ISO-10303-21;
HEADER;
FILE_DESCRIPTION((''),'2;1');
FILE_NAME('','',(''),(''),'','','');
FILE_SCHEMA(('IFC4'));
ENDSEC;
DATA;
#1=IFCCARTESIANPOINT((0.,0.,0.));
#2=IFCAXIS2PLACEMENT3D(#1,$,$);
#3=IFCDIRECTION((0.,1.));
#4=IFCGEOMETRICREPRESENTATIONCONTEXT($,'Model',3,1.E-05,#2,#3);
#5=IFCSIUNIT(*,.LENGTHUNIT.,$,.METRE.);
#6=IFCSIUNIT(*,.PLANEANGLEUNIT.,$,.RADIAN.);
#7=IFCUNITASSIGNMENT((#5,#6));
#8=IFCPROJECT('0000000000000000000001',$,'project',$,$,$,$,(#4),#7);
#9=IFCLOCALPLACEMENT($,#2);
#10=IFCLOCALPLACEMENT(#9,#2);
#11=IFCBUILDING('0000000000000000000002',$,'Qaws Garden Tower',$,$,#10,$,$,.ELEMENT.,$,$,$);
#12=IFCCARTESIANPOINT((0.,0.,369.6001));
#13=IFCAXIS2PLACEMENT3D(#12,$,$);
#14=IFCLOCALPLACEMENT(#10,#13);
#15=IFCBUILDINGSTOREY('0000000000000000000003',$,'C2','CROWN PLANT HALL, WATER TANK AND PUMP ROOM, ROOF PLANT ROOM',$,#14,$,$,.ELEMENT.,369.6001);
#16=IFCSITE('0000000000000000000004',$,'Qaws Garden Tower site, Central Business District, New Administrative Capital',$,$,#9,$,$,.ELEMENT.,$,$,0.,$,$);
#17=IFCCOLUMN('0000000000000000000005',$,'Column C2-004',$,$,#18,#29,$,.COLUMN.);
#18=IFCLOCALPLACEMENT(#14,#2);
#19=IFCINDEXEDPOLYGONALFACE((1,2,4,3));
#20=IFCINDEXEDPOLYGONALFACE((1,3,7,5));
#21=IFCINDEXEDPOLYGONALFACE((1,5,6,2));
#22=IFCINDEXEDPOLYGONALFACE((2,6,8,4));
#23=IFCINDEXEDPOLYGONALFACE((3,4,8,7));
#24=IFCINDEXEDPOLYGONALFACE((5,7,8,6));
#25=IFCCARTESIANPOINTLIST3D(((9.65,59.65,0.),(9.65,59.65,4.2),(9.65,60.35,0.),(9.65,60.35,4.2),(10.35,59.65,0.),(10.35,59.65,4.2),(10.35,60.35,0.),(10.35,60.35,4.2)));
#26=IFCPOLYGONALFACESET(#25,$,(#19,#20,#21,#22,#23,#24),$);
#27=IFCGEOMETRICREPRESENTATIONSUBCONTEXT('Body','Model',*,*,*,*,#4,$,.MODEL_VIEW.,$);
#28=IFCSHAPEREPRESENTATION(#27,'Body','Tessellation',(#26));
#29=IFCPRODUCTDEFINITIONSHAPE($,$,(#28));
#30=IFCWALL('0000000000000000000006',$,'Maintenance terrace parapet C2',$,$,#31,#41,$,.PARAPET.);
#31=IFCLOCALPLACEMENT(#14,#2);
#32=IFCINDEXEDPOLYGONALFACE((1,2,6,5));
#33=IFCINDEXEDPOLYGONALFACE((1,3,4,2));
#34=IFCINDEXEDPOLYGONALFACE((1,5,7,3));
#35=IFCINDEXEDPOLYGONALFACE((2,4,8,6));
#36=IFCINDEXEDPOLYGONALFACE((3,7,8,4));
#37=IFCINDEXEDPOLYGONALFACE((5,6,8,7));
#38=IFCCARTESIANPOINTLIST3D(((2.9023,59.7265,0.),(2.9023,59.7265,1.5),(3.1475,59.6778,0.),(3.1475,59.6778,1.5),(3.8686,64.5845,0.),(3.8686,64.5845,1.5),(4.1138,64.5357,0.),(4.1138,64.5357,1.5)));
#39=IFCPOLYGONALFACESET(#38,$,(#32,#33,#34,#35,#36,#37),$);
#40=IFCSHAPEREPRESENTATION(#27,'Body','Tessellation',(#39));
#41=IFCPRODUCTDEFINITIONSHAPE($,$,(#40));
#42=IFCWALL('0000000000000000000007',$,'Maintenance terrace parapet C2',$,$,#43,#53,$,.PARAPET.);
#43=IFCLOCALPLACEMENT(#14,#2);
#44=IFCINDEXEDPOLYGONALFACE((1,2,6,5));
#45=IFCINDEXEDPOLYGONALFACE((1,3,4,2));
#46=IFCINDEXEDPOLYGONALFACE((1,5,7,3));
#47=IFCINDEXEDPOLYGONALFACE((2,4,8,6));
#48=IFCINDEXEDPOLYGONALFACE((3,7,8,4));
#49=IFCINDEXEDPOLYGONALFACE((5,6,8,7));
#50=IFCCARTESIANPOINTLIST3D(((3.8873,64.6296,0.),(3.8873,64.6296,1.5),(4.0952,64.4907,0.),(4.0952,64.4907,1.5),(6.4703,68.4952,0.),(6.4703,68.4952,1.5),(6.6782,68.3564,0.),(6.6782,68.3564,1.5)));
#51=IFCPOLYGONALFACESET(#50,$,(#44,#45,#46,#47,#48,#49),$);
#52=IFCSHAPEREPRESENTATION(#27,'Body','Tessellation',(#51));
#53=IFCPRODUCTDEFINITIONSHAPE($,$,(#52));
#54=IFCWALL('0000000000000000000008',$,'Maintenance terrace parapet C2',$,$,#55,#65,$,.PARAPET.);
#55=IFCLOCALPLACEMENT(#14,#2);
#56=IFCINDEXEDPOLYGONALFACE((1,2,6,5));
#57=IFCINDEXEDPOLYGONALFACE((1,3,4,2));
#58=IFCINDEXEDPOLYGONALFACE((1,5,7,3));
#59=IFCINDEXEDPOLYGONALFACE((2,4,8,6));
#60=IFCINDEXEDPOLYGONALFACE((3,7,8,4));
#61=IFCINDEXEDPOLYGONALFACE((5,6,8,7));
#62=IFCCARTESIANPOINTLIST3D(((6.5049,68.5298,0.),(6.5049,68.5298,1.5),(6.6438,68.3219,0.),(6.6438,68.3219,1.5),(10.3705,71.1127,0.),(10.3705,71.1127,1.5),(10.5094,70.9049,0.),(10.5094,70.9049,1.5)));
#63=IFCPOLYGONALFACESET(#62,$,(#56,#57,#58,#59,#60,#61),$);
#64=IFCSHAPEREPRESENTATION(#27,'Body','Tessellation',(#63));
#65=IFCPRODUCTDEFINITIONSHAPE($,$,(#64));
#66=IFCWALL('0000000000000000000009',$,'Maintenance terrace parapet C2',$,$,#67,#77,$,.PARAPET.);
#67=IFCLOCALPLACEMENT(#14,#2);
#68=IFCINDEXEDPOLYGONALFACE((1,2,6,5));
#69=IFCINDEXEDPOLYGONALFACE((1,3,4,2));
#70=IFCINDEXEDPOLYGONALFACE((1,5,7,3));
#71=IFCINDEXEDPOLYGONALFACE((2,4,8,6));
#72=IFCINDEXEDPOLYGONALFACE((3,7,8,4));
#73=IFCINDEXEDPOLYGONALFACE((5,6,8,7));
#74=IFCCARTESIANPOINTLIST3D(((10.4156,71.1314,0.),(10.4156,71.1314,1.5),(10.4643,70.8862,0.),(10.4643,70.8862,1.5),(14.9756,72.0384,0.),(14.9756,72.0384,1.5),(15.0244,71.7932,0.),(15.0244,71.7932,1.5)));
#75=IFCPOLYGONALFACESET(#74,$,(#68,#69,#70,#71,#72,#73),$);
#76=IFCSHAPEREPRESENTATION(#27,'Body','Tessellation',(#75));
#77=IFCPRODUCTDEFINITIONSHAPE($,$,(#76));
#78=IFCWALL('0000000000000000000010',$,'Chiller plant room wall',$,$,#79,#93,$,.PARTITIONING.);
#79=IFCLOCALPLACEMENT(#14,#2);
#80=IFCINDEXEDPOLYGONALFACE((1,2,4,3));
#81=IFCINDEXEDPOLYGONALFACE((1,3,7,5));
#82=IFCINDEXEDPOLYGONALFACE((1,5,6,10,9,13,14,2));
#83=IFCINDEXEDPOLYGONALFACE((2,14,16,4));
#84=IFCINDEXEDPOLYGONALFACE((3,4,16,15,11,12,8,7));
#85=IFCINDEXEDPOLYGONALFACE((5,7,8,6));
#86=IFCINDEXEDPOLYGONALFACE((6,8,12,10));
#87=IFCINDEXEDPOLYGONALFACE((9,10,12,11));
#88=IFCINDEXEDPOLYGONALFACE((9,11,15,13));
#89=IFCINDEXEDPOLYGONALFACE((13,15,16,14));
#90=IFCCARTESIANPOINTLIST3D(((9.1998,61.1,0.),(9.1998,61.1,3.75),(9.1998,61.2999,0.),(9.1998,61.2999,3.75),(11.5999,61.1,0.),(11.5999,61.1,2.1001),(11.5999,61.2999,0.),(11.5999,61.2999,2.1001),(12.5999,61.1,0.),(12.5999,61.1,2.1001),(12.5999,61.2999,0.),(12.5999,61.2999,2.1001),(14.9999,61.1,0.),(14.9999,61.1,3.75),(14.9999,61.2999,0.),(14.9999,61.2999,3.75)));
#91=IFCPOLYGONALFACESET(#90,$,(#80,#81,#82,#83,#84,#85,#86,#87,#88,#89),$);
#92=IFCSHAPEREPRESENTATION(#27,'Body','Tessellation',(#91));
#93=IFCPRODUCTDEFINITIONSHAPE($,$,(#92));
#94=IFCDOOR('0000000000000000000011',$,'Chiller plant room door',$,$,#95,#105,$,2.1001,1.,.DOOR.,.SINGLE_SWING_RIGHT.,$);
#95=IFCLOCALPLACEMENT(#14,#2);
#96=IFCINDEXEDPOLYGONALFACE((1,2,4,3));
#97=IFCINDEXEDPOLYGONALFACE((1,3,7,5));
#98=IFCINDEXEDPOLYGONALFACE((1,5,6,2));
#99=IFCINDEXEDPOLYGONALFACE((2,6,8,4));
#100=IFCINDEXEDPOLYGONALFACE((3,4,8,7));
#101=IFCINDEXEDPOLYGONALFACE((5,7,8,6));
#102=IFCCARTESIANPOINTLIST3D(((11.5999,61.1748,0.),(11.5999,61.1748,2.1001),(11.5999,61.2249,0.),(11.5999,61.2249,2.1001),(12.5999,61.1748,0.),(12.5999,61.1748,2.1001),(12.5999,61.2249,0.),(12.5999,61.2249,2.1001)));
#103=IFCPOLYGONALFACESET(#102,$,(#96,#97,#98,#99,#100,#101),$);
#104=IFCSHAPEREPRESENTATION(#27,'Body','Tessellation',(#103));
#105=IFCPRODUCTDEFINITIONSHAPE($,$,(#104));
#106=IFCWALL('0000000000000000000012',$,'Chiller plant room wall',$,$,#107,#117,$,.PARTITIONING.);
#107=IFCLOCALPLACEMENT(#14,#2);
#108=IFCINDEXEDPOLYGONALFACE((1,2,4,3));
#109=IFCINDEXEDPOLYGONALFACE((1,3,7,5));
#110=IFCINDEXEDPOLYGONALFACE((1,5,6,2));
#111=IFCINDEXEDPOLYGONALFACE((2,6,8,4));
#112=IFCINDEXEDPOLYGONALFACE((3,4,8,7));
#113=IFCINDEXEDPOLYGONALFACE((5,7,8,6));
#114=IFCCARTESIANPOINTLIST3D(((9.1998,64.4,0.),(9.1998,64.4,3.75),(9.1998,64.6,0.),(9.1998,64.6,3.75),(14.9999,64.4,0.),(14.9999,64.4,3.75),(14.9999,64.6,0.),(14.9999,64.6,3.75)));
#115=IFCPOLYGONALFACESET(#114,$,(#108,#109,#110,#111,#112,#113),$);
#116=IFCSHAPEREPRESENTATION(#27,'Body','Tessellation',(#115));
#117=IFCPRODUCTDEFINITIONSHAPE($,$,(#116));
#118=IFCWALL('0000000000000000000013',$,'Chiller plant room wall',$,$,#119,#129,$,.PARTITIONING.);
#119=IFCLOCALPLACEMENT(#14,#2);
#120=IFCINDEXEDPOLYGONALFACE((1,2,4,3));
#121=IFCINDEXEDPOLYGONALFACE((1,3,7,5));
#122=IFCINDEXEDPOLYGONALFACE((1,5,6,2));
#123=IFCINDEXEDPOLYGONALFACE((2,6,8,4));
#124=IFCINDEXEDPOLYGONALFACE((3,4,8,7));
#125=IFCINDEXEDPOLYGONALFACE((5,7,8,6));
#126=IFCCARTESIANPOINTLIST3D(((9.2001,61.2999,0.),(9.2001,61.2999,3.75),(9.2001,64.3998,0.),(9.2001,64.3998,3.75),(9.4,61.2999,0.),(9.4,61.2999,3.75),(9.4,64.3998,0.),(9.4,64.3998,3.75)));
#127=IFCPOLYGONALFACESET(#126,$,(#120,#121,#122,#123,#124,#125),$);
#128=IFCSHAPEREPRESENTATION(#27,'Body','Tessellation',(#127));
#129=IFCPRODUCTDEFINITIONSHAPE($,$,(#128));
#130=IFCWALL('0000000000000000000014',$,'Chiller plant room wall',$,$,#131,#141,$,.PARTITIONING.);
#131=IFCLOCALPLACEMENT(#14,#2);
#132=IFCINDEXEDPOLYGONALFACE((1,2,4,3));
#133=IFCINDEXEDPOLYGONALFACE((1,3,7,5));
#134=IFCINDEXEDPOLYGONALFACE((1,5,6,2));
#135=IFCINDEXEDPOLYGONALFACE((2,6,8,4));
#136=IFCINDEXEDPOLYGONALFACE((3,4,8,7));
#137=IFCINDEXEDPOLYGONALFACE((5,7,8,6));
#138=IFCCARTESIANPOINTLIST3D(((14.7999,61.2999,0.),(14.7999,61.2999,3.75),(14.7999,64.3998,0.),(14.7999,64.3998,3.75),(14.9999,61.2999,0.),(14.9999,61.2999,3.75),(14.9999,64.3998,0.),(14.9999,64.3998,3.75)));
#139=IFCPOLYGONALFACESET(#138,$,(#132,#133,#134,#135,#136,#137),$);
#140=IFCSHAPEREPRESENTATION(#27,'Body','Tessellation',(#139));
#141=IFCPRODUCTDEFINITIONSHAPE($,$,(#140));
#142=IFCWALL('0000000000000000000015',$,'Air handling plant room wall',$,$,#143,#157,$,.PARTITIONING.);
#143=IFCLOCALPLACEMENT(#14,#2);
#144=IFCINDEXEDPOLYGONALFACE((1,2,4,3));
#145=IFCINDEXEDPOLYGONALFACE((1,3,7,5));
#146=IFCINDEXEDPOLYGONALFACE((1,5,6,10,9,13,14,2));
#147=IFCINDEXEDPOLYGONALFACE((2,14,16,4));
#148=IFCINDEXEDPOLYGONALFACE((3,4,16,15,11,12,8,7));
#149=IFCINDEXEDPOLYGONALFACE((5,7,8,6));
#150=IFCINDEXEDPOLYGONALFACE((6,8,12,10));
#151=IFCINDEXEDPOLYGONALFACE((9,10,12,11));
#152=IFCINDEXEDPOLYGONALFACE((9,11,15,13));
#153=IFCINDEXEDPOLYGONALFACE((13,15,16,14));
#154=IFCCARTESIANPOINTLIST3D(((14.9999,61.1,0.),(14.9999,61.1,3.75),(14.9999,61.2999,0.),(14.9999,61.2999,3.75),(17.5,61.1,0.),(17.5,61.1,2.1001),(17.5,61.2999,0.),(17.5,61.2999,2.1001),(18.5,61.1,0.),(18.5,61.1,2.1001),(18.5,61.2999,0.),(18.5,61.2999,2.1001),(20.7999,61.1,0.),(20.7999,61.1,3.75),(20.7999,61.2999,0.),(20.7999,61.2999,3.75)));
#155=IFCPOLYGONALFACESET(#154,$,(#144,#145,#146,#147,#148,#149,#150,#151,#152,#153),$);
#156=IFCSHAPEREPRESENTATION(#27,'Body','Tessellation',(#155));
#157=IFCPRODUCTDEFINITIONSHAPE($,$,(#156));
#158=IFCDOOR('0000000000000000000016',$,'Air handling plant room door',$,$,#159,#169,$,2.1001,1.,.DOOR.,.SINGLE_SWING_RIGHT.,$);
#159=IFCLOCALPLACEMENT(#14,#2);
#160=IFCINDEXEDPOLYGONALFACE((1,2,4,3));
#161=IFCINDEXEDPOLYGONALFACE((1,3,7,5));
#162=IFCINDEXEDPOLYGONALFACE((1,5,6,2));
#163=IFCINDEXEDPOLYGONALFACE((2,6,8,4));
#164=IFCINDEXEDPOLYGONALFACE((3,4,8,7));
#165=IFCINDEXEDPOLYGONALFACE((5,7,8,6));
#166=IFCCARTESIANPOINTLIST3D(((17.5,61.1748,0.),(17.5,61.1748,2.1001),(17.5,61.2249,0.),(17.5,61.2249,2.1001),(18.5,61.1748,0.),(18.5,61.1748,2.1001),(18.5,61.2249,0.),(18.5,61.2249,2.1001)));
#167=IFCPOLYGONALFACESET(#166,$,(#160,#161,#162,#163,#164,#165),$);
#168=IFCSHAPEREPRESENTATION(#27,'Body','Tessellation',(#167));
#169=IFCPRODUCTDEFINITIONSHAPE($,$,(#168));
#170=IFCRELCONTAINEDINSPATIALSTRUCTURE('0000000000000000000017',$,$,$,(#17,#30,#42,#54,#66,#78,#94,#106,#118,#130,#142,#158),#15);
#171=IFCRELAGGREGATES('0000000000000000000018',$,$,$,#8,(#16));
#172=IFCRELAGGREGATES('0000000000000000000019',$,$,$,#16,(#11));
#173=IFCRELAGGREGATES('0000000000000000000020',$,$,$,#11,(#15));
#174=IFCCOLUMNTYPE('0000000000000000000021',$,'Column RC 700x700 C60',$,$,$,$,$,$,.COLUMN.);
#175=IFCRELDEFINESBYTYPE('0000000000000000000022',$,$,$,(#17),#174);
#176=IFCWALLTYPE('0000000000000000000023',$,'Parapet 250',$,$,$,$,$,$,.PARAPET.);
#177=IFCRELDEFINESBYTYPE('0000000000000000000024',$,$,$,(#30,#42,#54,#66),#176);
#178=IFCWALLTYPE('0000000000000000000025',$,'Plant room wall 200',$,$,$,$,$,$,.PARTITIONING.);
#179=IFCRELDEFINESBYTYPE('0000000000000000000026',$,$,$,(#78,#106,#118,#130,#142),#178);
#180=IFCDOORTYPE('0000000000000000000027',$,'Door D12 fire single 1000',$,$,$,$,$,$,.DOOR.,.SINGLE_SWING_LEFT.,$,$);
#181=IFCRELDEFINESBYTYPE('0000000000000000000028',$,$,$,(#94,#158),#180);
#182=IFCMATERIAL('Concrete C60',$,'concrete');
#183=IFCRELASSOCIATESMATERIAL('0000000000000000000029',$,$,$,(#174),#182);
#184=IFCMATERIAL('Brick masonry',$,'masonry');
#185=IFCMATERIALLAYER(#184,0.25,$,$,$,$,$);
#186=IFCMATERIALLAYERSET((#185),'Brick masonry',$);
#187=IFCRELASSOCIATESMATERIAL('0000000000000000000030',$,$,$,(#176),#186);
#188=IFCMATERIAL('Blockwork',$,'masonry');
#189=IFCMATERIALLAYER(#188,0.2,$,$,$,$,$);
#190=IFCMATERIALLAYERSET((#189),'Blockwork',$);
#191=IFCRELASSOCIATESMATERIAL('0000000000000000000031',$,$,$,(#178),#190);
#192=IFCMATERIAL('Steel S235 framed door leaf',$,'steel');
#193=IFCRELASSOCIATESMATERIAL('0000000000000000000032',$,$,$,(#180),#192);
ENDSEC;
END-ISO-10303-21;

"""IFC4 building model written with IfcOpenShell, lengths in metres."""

from ifc_helpers import new_model, si_unit, direction, frame, frame_2d, origin, origin_2d, place, context, subcontext, project, spatial, rectangle, extrude, material, layer, layer_set, material_profile, profile_set, type_object, element, fill, save


model = new_model("IFC4")

# Units and contexts
model_context = context("Model", 3, precision=1e-05, world=origin(), true_north=direction((0.0, 1.0)))
body_context = subcontext(model_context, "Body", "Model", "MODEL_VIEW")
ifc_project = project(units=[si_unit("LENGTHUNIT", "METRE"), si_unit("PLANEANGLEUNIT", "RADIAN")], contexts=[model_context])

# Site, building, storey
site_placement = place(None, origin())
site = spatial("IfcSite", under=ifc_project, at=site_placement, Name="Qaws Garden Tower site, Central Business District, New Administrative Capital", CompositionType="ELEMENT", RefElevation=0.0)
building_placement = place(site_placement, origin())
building = spatial("IfcBuilding", under=site, at=building_placement, Name="Qaws Garden Tower", CompositionType="ELEMENT")
storey_placement = place(building_placement, frame((0.0, 0.0, 369.6001)))
storey = spatial("IfcBuildingStorey", under=building, at=storey_placement, Name="C2", Description="CROWN PLANT HALL, WATER TANK AND PUMP ROOM, ROOF PLANT ROOM", CompositionType="ELEMENT", Elevation=369.6001)

# Column
ifc_material_1 = material(Name="Concrete C60", Category="concrete")
ifc_material_profile = material_profile(ifc_material_1, rectangle(XDim=0.7, YDim=0.7, at=origin_2d()), Name="RC 700x700")
ifc_profile_set = profile_set([ifc_material_profile], Name="Concrete C60")
column_type = type_object("IfcColumnType", Name="Column RC 700x700 C60", PredefinedType="COLUMN", material=ifc_profile_set)
column_placement = place(storey_placement, frame((10.0, 60.0, 0.0), z_axis=(0.0, 0.0, 1.0), x_axis=(1.0, 0.0, 0.0)))
element("IfcColumn", 1, at=column_placement, inside=storey, type_object=column_type, Name="Column C2-004", PredefinedType="COLUMN", context=body_context, shape_type="SweptSolid", body=[
    extrude(rectangle(XDim=0.7, YDim=0.7, at=origin_2d()), origin(), (0.0, 0.0, 1.0), 4.2),
])

# Walls
ifc_material_2 = material(Name="Brick masonry", Category="masonry")
ifc_layer_1 = layer(ifc_material_2, 0.25)
ifc_layer_set_1 = layer_set([ifc_layer_1], Name="Brick masonry")
wall_type_1 = type_object("IfcWallType", Name="Parapet 250", PredefinedType="PARAPET", material=ifc_layer_set_1)
wall_1_placement = place(storey_placement, frame((3.0249, 59.7021, 0.0), z_axis=(0.0, 0.0, 1.0), x_axis=(0.195092, 0.980785, 0.0)))
element("IfcWall", 2, at=wall_1_placement, inside=storey, type_object=wall_type_1, Name="Maintenance terrace parapet C2", PredefinedType="PARAPET", context=body_context, shape_type="SweptSolid", body=[
    extrude(rectangle(XDim=4.9531, YDim=0.25, at=frame_2d((2.4766, 0.0))), origin(), (0.0, 0.0, 1.0), 1.5),
])
for number, where, z_axis, x_axis, name in (
    (3, (3.9912, 64.5601, 0.0), (0.0, 0.0, 1.0), (0.555572, 0.831468, 0.0), "Maintenance terrace parapet C2"),
    (4, (6.5742, 68.4258, 0.0), (0.0, 0.0, 1.0), (0.831468, 0.555572, 0.0), "Maintenance terrace parapet C2"),
):
    element("IfcWall", number, at=place(storey_placement, frame(where, z_axis=z_axis, x_axis=x_axis)), inside=storey, type_object=wall_type_1, Name=name, PredefinedType="PARAPET", context=body_context, shape_type="SweptSolid", body=[
        extrude(rectangle(XDim=4.6492, YDim=0.25, at=frame_2d((2.3247, 0.0))), origin(), (0.0, 0.0, 1.0), 1.5),
    ])
wall_2_placement = place(storey_placement, frame((10.4399, 71.0088, 0.0), z_axis=(0.0, 0.0, 1.0), x_axis=(0.980788, 0.195076, 0.0)))
element("IfcWall", 5, at=wall_2_placement, inside=storey, type_object=wall_type_1, Name="Maintenance terrace parapet C2", PredefinedType="PARAPET", context=body_context, shape_type="SweptSolid", body=[
    extrude(rectangle(XDim=4.6494, YDim=0.25, at=frame_2d((2.3247, 0.0))), origin(), (0.0, 0.0, 1.0), 1.5),
])

# Wall, opening, door
ifc_material_3 = material(Name="Blockwork", Category="masonry")
ifc_layer_2 = layer(ifc_material_3, 0.2)
ifc_layer_set_2 = layer_set([ifc_layer_2], Name="Blockwork")
wall_type_2 = type_object("IfcWallType", Name="Plant room wall 200", PredefinedType="PARTITIONING", material=ifc_layer_set_2)
wall_3_placement = place(storey_placement, frame((9.2, 61.2, 0.0), z_axis=(0.0, 0.0, 1.0), x_axis=(1.0, 0.0, 0.0)))
wall_3 = element("IfcWall", 6, at=wall_3_placement, inside=storey, type_object=wall_type_2, Name="Chiller plant room wall", PredefinedType="PARTITIONING", context=body_context, shape_type="SweptSolid", body=[
    extrude(rectangle(XDim=5.8, YDim=0.2, at=frame_2d((2.8999, 0.0))), origin(), (0.0, 0.0, 1.0), 3.75),
])
opening_1_placement = place(wall_3_placement, frame((2.3999, 0.0, 0.0)))
opening_1 = element("IfcOpeningElement", 7, at=opening_1_placement, cuts=wall_3, PredefinedType="OPENING", context=body_context, shape_type="SweptSolid", body=[
    extrude(rectangle(XDim=1.0, YDim=2.1001, at=frame_2d((0.5, 1.05))), frame((0.0, 0.1099, 0.0), z_axis=(0.0, -1.0, 0.0), x_axis=(1.0, 0.0, 0.0)), (0.0, 0.0, 1.0), 0.22),
])
ifc_material_4 = material(Name="Steel S235 framed door leaf", Category="steel")
door_type = type_object("IfcDoorType", Name="Door D12 fire single 1000", OperationType="SINGLE_SWING_LEFT", PredefinedType="DOOR", material=ifc_material_4)
door_1_placement = place(opening_1_placement, origin())
door_1 = element("IfcDoor", 8, at=door_1_placement, inside=storey, type_object=door_type, Name="Chiller plant room door", OperationType="SINGLE_SWING_RIGHT", OverallHeight=2.1001, OverallWidth=1.0, PredefinedType="DOOR", context=body_context, shape_type="SweptSolid", body=[
    extrude(rectangle(XDim=1.0, YDim=2.1001, at=frame_2d((0.5, 1.05))), frame((0.0, 0.0249, 0.0), z_axis=(0.0, -1.0, 0.0), x_axis=(1.0, 0.0, 0.0)), (0.0, 0.0, 1.0), 0.05),
])
fill(opening_1, door_1)

# Walls
wall_4_placement = place(storey_placement, frame((9.2, 64.5, 0.0), z_axis=(0.0, 0.0, 1.0), x_axis=(1.0, 0.0, 0.0)))
element("IfcWall", 9, at=wall_4_placement, inside=storey, type_object=wall_type_2, Name="Chiller plant room wall", PredefinedType="PARTITIONING", context=body_context, shape_type="SweptSolid", body=[
    extrude(rectangle(XDim=5.8, YDim=0.2, at=frame_2d((2.8999, 0.0))), origin(), (0.0, 0.0, 1.0), 3.75),
])
for number, where, z_axis, x_axis, name in (
    (10, (9.3, 61.3, 0.0), (0.0, 0.0, 1.0), (0.0, 1.0, 0.0), "Chiller plant room wall"),
    (11, (14.8999, 61.3, 0.0), (0.0, 0.0, 1.0), (0.0, 1.0, 0.0), "Chiller plant room wall"),
):
    element("IfcWall", number, at=place(storey_placement, frame(where, z_axis=z_axis, x_axis=x_axis)), inside=storey, type_object=wall_type_2, Name=name, PredefinedType="PARTITIONING", context=body_context, shape_type="SweptSolid", body=[
        extrude(rectangle(XDim=3.0999, YDim=0.2, at=frame_2d((1.5498, 0.0))), origin(), (0.0, 0.0, 1.0), 3.75),
    ])

# Wall, opening, door
wall_5_placement = place(storey_placement, frame((15.0, 61.2, 0.0), z_axis=(0.0, 0.0, 1.0), x_axis=(1.0, 0.0, 0.0)))
wall_5 = element("IfcWall", 12, at=wall_5_placement, inside=storey, type_object=wall_type_2, Name="Air handling plant room wall", PredefinedType="PARTITIONING", context=body_context, shape_type="SweptSolid", body=[
    extrude(rectangle(XDim=5.8, YDim=0.2, at=frame_2d((2.8999, 0.0))), origin(), (0.0, 0.0, 1.0), 3.75),
])
opening_2_placement = place(wall_5_placement, frame((2.5, 0.0, 0.0)))
opening_2 = element("IfcOpeningElement", 13, at=opening_2_placement, cuts=wall_5, PredefinedType="OPENING", context=body_context, shape_type="SweptSolid", body=[
    extrude(rectangle(XDim=1.0, YDim=2.1001, at=frame_2d((0.5, 1.05))), frame((0.0, 0.1099, 0.0), z_axis=(0.0, -1.0, 0.0), x_axis=(1.0, 0.0, 0.0)), (0.0, 0.0, 1.0), 0.22),
])
door_2_placement = place(opening_2_placement, origin())
door_2 = element("IfcDoor", 14, at=door_2_placement, inside=storey, type_object=door_type, Name="Air handling plant room door", OperationType="SINGLE_SWING_RIGHT", OverallHeight=2.1001, OverallWidth=1.0, PredefinedType="DOOR", context=body_context, shape_type="SweptSolid", body=[
    extrude(rectangle(XDim=1.0, YDim=2.1001, at=frame_2d((0.5, 1.05))), frame((0.0, 0.0249, 0.0), z_axis=(0.0, -1.0, 0.0), x_axis=(1.0, 0.0, 0.0)), (0.0, 0.0, 1.0), 0.05),
])
fill(opening_2, door_2)

save(model, "model.ifc")
